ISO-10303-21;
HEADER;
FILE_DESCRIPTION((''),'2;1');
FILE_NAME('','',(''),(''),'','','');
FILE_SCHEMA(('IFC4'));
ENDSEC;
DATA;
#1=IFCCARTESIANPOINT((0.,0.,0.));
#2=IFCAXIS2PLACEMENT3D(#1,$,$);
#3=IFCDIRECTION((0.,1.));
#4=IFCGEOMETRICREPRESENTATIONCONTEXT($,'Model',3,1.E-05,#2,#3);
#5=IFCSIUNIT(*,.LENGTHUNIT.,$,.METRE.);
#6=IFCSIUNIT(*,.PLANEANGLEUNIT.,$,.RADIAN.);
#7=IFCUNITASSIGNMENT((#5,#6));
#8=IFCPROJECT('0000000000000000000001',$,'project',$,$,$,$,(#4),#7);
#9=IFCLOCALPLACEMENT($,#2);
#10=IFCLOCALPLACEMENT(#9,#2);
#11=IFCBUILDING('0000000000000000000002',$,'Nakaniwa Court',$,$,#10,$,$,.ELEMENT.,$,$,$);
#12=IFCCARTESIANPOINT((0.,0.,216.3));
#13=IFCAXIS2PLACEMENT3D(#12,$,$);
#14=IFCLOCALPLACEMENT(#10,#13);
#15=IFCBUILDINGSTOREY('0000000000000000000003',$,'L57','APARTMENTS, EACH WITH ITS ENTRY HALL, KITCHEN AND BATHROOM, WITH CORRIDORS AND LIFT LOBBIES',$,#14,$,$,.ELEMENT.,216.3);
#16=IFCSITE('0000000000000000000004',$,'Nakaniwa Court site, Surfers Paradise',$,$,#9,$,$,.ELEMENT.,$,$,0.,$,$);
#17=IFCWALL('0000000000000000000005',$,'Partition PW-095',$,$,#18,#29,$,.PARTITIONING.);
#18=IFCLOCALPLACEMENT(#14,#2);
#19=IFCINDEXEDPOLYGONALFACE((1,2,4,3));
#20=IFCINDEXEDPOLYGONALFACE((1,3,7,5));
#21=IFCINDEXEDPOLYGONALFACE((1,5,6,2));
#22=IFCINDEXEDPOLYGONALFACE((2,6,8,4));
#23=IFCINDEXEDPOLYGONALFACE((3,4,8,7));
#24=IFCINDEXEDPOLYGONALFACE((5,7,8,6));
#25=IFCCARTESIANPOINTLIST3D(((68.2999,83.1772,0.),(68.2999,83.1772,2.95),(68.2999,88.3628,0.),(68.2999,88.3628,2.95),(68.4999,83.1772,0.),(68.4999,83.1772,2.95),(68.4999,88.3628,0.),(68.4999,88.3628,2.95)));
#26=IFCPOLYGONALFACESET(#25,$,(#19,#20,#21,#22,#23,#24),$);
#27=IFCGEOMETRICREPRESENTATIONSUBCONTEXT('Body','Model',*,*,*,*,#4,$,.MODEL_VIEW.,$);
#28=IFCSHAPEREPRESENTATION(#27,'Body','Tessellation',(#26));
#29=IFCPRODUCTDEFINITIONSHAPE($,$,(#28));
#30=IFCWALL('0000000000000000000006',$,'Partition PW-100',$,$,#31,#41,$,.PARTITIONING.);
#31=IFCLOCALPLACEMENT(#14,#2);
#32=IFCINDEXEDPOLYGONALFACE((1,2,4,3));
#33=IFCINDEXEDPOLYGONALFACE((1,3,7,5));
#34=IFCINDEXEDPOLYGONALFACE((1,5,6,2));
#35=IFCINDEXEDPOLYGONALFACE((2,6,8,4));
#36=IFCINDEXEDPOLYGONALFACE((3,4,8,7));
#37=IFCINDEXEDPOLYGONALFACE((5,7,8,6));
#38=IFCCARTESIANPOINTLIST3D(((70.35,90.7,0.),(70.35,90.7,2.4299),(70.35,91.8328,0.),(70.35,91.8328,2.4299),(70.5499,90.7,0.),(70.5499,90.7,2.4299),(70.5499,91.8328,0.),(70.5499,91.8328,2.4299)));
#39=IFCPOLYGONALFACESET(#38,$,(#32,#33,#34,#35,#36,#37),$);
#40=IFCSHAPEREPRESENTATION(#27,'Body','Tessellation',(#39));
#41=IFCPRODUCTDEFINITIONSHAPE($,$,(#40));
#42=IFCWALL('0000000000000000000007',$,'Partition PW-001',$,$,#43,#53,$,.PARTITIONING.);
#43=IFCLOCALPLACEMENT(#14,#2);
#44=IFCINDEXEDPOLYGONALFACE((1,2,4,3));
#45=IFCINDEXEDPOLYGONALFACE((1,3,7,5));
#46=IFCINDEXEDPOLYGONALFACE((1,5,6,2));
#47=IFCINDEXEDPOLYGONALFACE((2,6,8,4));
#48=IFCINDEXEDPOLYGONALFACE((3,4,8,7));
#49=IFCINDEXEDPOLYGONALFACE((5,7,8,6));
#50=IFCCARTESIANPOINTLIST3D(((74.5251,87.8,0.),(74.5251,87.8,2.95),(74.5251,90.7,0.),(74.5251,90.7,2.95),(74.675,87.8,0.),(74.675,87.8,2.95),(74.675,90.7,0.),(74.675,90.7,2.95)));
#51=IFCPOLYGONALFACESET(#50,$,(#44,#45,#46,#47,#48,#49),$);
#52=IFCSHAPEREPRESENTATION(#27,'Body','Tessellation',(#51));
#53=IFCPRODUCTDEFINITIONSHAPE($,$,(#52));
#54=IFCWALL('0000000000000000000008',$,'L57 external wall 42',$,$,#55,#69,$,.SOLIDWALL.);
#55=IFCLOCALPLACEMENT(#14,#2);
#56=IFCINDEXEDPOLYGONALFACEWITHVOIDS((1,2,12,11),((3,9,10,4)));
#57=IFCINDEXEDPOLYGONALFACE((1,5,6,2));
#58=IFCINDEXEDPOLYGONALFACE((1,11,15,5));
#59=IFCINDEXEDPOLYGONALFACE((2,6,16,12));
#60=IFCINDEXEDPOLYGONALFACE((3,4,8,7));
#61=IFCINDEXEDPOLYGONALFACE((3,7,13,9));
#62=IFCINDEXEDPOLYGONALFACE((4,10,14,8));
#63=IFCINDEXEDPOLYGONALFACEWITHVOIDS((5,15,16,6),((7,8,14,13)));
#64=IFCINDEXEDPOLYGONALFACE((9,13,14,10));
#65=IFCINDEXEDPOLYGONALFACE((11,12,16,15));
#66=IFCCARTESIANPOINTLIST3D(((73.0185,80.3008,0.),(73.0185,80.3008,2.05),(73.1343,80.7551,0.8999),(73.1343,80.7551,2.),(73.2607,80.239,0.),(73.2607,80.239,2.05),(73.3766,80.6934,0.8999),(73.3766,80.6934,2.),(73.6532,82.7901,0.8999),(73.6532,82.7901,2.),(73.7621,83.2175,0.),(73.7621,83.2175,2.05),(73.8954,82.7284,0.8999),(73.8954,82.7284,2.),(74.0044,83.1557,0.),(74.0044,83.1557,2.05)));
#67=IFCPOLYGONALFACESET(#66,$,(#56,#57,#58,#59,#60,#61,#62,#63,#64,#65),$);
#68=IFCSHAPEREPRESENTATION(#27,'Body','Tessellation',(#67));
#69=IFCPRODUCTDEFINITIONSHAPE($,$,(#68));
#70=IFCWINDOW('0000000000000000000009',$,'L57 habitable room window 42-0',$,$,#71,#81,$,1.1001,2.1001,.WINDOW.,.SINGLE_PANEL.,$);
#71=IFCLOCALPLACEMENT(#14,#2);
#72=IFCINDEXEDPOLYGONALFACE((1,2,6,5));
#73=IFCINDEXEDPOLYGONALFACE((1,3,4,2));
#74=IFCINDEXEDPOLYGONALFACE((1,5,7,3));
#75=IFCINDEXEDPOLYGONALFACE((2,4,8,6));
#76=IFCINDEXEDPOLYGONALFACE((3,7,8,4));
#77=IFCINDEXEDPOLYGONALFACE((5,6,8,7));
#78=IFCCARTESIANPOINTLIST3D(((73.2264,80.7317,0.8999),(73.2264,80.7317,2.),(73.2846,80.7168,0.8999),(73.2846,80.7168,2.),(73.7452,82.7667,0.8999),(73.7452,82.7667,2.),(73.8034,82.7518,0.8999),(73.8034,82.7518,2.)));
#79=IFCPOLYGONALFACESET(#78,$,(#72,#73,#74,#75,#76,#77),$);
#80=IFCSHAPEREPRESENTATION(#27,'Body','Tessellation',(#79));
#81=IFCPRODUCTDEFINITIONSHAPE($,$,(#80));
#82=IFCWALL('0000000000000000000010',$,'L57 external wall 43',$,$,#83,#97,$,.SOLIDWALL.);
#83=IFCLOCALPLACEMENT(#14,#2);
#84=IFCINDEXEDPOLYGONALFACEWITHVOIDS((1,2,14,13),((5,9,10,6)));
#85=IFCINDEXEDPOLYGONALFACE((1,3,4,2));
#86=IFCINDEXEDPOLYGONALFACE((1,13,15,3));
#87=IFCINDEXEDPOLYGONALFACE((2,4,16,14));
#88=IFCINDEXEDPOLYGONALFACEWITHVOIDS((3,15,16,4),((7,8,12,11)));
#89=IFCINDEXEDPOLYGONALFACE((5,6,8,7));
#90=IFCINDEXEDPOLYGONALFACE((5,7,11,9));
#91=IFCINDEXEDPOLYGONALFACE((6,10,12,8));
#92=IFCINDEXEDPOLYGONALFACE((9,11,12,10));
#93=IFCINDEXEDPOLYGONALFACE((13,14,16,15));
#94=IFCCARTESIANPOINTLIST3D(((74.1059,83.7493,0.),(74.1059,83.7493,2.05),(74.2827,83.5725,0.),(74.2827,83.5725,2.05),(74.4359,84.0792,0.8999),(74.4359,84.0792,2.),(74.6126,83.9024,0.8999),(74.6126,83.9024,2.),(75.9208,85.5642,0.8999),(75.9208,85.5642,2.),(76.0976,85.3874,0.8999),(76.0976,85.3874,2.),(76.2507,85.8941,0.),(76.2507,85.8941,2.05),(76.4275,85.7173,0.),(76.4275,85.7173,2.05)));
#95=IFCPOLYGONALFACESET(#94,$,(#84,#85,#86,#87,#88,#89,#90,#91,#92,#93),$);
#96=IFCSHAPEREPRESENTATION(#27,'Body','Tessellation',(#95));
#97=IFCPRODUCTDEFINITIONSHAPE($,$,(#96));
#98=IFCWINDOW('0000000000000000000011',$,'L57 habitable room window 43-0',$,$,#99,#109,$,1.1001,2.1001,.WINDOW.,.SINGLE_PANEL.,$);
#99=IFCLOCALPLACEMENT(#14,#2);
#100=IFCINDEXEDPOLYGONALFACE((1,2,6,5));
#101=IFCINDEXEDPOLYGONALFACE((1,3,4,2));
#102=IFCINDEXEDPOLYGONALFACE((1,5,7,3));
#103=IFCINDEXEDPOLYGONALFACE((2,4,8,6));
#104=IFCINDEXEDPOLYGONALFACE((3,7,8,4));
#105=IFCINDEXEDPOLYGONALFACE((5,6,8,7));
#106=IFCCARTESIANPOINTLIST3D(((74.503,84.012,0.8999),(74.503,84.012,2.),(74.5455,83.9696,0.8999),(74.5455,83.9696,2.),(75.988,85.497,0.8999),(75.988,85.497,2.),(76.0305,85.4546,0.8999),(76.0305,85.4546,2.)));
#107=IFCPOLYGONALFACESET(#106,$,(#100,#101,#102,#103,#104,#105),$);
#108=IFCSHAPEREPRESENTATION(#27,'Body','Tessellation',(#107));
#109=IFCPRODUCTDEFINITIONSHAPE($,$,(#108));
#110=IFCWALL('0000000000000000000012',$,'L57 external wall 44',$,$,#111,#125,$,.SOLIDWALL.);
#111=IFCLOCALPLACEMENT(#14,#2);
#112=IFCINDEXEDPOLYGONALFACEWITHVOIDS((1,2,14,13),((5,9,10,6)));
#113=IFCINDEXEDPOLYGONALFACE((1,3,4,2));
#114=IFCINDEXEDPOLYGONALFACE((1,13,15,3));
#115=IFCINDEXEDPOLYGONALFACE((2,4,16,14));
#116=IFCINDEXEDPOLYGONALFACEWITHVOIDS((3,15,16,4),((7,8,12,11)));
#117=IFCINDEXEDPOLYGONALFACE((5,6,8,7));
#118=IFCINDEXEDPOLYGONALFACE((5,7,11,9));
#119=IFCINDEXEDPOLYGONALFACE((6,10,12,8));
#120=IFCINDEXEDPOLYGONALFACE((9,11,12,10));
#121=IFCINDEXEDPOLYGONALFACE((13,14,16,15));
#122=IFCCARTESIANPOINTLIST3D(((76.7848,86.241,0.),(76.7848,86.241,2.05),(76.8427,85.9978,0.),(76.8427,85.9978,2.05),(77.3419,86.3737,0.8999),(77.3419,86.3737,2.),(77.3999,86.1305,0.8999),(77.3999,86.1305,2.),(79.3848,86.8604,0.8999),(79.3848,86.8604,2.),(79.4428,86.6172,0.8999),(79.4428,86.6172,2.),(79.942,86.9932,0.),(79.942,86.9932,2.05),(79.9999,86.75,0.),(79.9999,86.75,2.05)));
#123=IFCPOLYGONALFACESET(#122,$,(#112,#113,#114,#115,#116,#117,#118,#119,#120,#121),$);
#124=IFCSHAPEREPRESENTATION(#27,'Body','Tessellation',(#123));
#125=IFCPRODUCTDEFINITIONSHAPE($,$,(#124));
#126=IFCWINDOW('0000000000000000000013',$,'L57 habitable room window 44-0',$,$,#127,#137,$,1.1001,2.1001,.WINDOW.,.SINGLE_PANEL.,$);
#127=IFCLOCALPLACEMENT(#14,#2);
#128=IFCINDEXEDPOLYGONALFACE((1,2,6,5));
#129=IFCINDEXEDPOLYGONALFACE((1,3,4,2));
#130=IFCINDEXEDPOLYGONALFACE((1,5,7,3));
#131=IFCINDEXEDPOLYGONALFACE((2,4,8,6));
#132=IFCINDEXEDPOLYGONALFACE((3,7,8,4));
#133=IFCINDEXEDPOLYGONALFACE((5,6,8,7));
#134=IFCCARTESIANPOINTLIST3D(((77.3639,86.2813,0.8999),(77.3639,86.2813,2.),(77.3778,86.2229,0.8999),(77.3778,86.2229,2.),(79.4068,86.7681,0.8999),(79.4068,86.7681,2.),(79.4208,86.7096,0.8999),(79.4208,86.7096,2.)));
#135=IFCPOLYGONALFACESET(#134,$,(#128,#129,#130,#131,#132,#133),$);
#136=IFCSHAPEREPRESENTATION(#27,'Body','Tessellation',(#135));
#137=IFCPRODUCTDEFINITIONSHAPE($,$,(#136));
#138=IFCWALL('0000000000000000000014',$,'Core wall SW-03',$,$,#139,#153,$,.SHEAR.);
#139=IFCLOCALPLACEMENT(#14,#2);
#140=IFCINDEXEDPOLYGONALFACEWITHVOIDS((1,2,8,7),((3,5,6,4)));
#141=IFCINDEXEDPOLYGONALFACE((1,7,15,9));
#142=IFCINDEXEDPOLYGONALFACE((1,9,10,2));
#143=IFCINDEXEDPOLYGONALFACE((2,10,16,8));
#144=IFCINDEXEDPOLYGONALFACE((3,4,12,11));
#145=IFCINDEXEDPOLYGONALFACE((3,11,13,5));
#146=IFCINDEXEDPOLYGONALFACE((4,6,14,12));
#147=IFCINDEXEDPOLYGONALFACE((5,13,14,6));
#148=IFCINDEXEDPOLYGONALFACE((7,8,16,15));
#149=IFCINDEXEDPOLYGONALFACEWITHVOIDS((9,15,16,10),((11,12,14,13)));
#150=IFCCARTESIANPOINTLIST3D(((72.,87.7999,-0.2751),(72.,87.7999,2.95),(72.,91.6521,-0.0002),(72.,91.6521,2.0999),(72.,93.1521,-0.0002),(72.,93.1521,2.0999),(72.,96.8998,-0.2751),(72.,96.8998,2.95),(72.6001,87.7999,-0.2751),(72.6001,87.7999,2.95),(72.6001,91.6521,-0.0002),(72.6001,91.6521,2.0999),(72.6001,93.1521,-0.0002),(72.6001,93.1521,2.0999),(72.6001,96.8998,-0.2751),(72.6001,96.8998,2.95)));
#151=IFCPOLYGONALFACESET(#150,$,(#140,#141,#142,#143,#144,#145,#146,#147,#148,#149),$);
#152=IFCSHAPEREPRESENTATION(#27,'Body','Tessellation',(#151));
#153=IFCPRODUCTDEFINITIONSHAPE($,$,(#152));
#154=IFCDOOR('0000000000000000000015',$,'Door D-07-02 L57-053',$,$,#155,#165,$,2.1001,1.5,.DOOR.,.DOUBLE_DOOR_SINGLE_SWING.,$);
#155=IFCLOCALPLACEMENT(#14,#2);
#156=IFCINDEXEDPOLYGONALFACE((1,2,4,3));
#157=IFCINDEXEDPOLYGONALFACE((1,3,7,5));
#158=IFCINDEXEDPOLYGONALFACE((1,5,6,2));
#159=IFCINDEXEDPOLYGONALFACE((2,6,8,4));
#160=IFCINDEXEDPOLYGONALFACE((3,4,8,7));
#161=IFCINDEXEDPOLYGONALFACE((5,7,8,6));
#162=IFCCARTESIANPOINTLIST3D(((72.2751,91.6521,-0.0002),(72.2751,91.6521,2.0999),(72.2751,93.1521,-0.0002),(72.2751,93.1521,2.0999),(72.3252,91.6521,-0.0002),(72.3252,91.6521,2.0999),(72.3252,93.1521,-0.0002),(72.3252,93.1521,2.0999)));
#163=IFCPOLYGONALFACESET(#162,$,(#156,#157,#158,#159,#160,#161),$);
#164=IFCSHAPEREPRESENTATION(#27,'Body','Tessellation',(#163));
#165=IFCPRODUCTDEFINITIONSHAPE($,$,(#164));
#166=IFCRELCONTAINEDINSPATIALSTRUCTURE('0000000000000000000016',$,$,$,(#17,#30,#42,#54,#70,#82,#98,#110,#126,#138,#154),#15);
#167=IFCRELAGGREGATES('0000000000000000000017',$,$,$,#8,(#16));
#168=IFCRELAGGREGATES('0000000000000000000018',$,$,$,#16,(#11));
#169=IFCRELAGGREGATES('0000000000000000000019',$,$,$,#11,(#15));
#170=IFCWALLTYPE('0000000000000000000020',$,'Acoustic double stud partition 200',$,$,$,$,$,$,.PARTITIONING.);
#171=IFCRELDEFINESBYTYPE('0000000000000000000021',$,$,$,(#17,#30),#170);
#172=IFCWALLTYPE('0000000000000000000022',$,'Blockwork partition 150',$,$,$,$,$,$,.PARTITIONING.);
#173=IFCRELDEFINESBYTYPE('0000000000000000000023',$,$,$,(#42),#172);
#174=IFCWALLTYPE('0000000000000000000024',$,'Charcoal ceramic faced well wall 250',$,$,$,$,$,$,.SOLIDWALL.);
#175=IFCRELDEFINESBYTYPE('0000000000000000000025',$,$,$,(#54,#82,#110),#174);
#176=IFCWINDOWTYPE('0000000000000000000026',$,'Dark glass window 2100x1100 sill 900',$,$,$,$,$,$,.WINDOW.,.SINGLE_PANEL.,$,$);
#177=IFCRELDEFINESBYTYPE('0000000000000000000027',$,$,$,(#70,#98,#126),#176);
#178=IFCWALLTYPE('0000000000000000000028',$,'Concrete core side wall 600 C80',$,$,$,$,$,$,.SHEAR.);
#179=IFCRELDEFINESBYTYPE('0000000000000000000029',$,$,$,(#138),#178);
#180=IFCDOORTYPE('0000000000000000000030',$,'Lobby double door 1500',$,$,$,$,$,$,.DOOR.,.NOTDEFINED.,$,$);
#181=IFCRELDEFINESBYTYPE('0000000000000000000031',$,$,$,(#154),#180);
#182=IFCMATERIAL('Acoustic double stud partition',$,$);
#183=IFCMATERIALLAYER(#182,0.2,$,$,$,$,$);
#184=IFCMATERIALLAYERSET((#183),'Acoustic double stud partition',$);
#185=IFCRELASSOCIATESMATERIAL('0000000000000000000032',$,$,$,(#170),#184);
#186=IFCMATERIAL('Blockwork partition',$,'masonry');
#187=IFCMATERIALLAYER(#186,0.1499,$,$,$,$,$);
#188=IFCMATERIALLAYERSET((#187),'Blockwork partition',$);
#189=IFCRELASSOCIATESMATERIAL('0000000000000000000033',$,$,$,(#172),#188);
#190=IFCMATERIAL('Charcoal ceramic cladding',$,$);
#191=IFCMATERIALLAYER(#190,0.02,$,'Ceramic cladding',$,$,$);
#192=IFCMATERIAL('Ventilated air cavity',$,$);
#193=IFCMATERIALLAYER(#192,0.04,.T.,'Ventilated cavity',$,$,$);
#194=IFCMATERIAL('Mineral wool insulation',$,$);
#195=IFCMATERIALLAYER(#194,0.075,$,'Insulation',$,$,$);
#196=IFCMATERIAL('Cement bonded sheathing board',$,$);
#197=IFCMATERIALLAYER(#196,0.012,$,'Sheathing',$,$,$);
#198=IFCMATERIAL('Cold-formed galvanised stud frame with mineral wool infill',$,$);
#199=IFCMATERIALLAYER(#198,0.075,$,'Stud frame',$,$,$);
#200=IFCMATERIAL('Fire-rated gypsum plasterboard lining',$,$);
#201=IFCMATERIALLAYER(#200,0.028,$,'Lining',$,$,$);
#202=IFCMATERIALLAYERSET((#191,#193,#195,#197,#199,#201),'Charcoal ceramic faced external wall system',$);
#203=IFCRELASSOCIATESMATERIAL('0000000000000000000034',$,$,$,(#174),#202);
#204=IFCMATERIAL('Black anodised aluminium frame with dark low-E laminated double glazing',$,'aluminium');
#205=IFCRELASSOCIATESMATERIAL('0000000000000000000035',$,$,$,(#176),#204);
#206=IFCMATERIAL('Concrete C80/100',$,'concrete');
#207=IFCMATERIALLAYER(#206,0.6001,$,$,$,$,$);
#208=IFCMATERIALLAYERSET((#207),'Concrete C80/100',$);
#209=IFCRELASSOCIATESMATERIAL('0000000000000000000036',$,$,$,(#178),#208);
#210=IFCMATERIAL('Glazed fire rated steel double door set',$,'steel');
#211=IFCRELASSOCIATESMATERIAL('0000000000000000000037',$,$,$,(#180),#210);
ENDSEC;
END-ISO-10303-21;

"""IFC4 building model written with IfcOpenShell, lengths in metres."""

from ifc_helpers import new_model, si_unit, direction, frame, frame_2d, origin, place, context, subcontext, project, spatial, rectangle, extrude, material, layer, layer_set, type_object, element, fill, save


model = new_model("IFC4")

# Units and contexts
model_context = context("Model", 3, precision=1e-05, world=origin(), true_north=direction((0.0, 1.0)))
body_context = subcontext(model_context, "Body", "Model", "MODEL_VIEW")
ifc_project = project(units=[si_unit("LENGTHUNIT", "METRE"), si_unit("PLANEANGLEUNIT", "RADIAN")], contexts=[model_context])

# Site, building, storey
site_placement = place(None, origin())
site = spatial("IfcSite", under=ifc_project, at=site_placement, Name="Nakaniwa Court site, Surfers Paradise", CompositionType="ELEMENT", RefElevation=0.0)
building_placement = place(site_placement, origin())
building = spatial("IfcBuilding", under=site, at=building_placement, Name="Nakaniwa Court", CompositionType="ELEMENT")
storey_placement = place(building_placement, frame((0.0, 0.0, 216.3)))
storey = spatial("IfcBuildingStorey", under=building, at=storey_placement, Name="L57", Description="APARTMENTS, EACH WITH ITS ENTRY HALL, KITCHEN AND BATHROOM, WITH CORRIDORS AND LIFT LOBBIES", CompositionType="ELEMENT", Elevation=216.3)

# Shared definitions
ifc_material_1 = material(Name="Concrete C80/100", Category="concrete")

# Walls
ifc_material_2 = material(Name="Acoustic double stud partition")
ifc_layer_1 = layer(ifc_material_2, 0.2)
ifc_layer_set_1 = layer_set([ifc_layer_1], Name="Acoustic double stud partition")
wall_type_1 = type_object("IfcWallType", Name="Acoustic double stud partition 200", PredefinedType="PARTITIONING", material=ifc_layer_set_1)
wall_1_placement = place(storey_placement, frame((68.3999, 83.1772, 0.0), z_axis=(0.0, 0.0, 1.0), x_axis=(0.0, 1.0, 0.0)))
element("IfcWall", 1, at=wall_1_placement, inside=storey, type_object=wall_type_1, Name="Partition PW-095", PredefinedType="PARTITIONING", context=body_context, shape_type="SweptSolid", body=[
    extrude(rectangle(XDim=5.1855, YDim=0.2, at=frame_2d((2.5928, 0.0))), origin(), (0.0, 0.0, 1.0), 2.95),
])
wall_2_placement = place(storey_placement, frame((70.45, 90.7, 0.0), z_axis=(0.0, 0.0, 1.0), x_axis=(0.0, 1.0, 0.0)))
element("IfcWall", 2, at=wall_2_placement, inside=storey, type_object=wall_type_1, Name="Partition PW-100", PredefinedType="PARTITIONING", context=body_context, shape_type="SweptSolid", body=[
    extrude(rectangle(XDim=1.1328, YDim=0.2, at=frame_2d((0.5664, 0.0))), origin(), (0.0, 0.0, 1.0), 2.4299),
])
ifc_material_3 = material(Name="Blockwork partition", Category="masonry")
ifc_layer_2 = layer(ifc_material_3, 0.1499)
ifc_layer_set_2 = layer_set([ifc_layer_2], Name="Blockwork partition")
wall_type_2 = type_object("IfcWallType", Name="Blockwork partition 150", PredefinedType="PARTITIONING", material=ifc_layer_set_2)
wall_3_placement = place(storey_placement, frame((74.6001, 87.8, 0.0), z_axis=(0.0, 0.0, 1.0), x_axis=(0.0, 1.0, 0.0)))
element("IfcWall", 3, at=wall_3_placement, inside=storey, type_object=wall_type_2, Name="Partition PW-001", PredefinedType="PARTITIONING", context=body_context, shape_type="SweptSolid", body=[
    extrude(rectangle(XDim=2.8999, YDim=0.1499, at=frame_2d((1.45, 0.0))), origin(), (0.0, 0.0, 1.0), 2.95),
])

# Walls, openings, windows
ifc_material_4 = material(Name="Charcoal ceramic cladding")
ifc_layer_3 = layer(ifc_material_4, 0.02, Name="Ceramic cladding")
ifc_material_5 = material(Name="Ventilated air cavity")
ifc_layer_4 = layer(ifc_material_5, 0.04, ventilated=True, Name="Ventilated cavity")
ifc_material_6 = material(Name="Mineral wool insulation")
ifc_layer_5 = layer(ifc_material_6, 0.075, Name="Insulation")
ifc_material_7 = material(Name="Cement bonded sheathing board")
ifc_layer_6 = layer(ifc_material_7, 0.012, Name="Sheathing")
ifc_material_8 = material(Name="Cold-formed galvanised stud frame with mineral wool infill")
ifc_layer_7 = layer(ifc_material_8, 0.075, Name="Stud frame")
ifc_material_9 = material(Name="Fire-rated gypsum plasterboard lining")
ifc_layer_8 = layer(ifc_material_9, 0.028, Name="Lining")
ifc_layer_set_3 = layer_set([ifc_layer_3, ifc_layer_4, ifc_layer_5, ifc_layer_6, ifc_layer_7, ifc_layer_8], Name="Charcoal ceramic faced external wall system")
wall_type_3 = type_object("IfcWallType", Name="Charcoal ceramic faced well wall 250", PredefinedType="SOLIDWALL", material=ifc_layer_set_3)
wall_4_placement = place(storey_placement, frame((73.1396, 80.27, 0.0), z_axis=(0.0, 0.0, 1.0), x_axis=(0.247056, 0.969001, 0.0)))
wall_4 = element("IfcWall", 4, at=wall_4_placement, inside=storey, type_object=wall_type_3, Name="L57 external wall 42", PredefinedType="SOLIDWALL", context=body_context, shape_type="SweptSolid", body=[
    extrude(rectangle(XDim=3.01, YDim=0.25, at=frame_2d((1.5049, 0.0))), origin(), (0.0, 0.0, 1.0), 2.05),
])
opening_1_placement = place(wall_4_placement, frame((0.4688, 0.0, 0.8999)))
opening_1 = element("IfcOpeningElement", 5, at=opening_1_placement, cuts=wall_4, PredefinedType="OPENING", context=body_context, shape_type="SweptSolid", body=[
    extrude(rectangle(XDim=2.1001, YDim=1.1001, at=frame_2d((1.05, 0.55))), frame((0.0, 0.135, 0.0), z_axis=(0.0, -1.0, 0.0), x_axis=(1.0, 0.0, 0.0)), (0.0, 0.0, 1.0), 0.27),
])
ifc_material_10 = material(Name="Black anodised aluminium frame with dark low-E laminated double glazing", Category="aluminium")
window_type = type_object("IfcWindowType", Name="Dark glass window 2100x1100 sill 900", PartitioningType="SINGLE_PANEL", PredefinedType="WINDOW", material=ifc_material_10)
window_1_placement = place(opening_1_placement, origin())
window_1 = element("IfcWindow", 6, at=window_1_placement, inside=storey, type_object=window_type, Name="L57 habitable room window 42-0", OverallHeight=1.1001, OverallWidth=2.1001, PartitioningType="SINGLE_PANEL", PredefinedType="WINDOW", context=body_context, shape_type="SweptSolid", body=[
    extrude(rectangle(XDim=2.1001, YDim=1.1001, at=frame_2d((1.05, 0.55))), frame((0.0, 0.03, 0.0), z_axis=(0.0, -1.0, 0.0), x_axis=(1.0, 0.0, 0.0)), (0.0, 0.0, 1.0), 0.0601),
])
fill(opening_1, window_1)
wall_5_placement = place(storey_placement, frame((74.1943, 83.6609, 0.0), z_axis=(0.0, 0.0, 1.0), x_axis=(0.707107, 0.707107, 0.0)))
wall_5 = element("IfcWall", 7, at=wall_5_placement, inside=storey, type_object=wall_type_3, Name="L57 external wall 43", PredefinedType="SOLIDWALL", context=body_context, shape_type="SweptSolid", body=[
    extrude(rectangle(XDim=3.0332, YDim=0.25, at=frame_2d((1.5166, 0.0))), origin(), (0.0, 0.0, 1.0), 2.05),
])
opening_2_placement = place(wall_5_placement, frame((0.4666, 0.0, 0.8999)))
opening_2 = element("IfcOpeningElement", 8, at=opening_2_placement, cuts=wall_5, PredefinedType="OPENING", context=body_context, shape_type="SweptSolid", body=[
    extrude(rectangle(XDim=2.1001, YDim=1.1001, at=frame_2d((1.05, 0.55))), frame((0.0, 0.135, 0.0), z_axis=(0.0, -1.0, 0.0), x_axis=(1.0, 0.0, 0.0)), (0.0, 0.0, 1.0), 0.27),
])
window_2_placement = place(opening_2_placement, origin())
window_2 = element("IfcWindow", 9, at=window_2_placement, inside=storey, type_object=window_type, Name="L57 habitable room window 43-0", OverallHeight=1.1001, OverallWidth=2.1001, PartitioningType="SINGLE_PANEL", PredefinedType="WINDOW", context=body_context, shape_type="SweptSolid", body=[
    extrude(rectangle(XDim=2.1001, YDim=1.1001, at=frame_2d((1.05, 0.55))), frame((0.0, 0.03, 0.0), z_axis=(0.0, -1.0, 0.0), x_axis=(1.0, 0.0, 0.0)), (0.0, 0.0, 1.0), 0.0601),
])
fill(opening_2, window_2)
wall_6_placement = place(storey_placement, frame((76.8137, 86.1194, 0.0), z_axis=(0.0, 0.0, 1.0), x_axis=(0.972773, 0.23176, 0.0)))
wall_6 = element("IfcWall", 10, at=wall_6_placement, inside=storey, type_object=wall_type_3, Name="L57 external wall 44", PredefinedType="SOLIDWALL", context=body_context, shape_type="SweptSolid", body=[
    extrude(rectangle(XDim=3.2456, YDim=0.25, at=frame_2d((1.6228, 0.0))), origin(), (0.0, 0.0, 1.0), 2.05),
])
opening_3_placement = place(wall_6_placement, frame((0.5728, 0.0, 0.8999)))
opening_3 = element("IfcOpeningElement", 11, at=opening_3_placement, cuts=wall_6, PredefinedType="OPENING", context=body_context, shape_type="SweptSolid", body=[
    extrude(rectangle(XDim=2.1001, YDim=1.1001, at=frame_2d((1.05, 0.55))), frame((0.0, 0.135, 0.0), z_axis=(0.0, -1.0, 0.0), x_axis=(1.0, 0.0, 0.0)), (0.0, 0.0, 1.0), 0.27),
])
window_3_placement = place(opening_3_placement, origin())
window_3 = element("IfcWindow", 12, at=window_3_placement, inside=storey, type_object=window_type, Name="L57 habitable room window 44-0", OverallHeight=1.1001, OverallWidth=2.1001, PartitioningType="SINGLE_PANEL", PredefinedType="WINDOW", context=body_context, shape_type="SweptSolid", body=[
    extrude(rectangle(XDim=2.1001, YDim=1.1001, at=frame_2d((1.05, 0.55))), frame((0.0, 0.03, 0.0), z_axis=(0.0, -1.0, 0.0), x_axis=(1.0, 0.0, 0.0)), (0.0, 0.0, 1.0), 0.0601),
])
fill(opening_3, window_3)

# Wall, opening, door
ifc_layer_9 = layer(ifc_material_1, 0.6001)
ifc_layer_set_4 = layer_set([ifc_layer_9], Name="Concrete C80/100")
wall_type_4 = type_object("IfcWallType", Name="Concrete core side wall 600 C80", PredefinedType="SHEAR", material=ifc_layer_set_4)
wall_7_placement = place(storey_placement, frame((72.3, 87.8, -0.2751), z_axis=(0.0, 0.0, 1.0), x_axis=(0.0, 1.0, 0.0)))
wall_7 = element("IfcWall", 13, at=wall_7_placement, inside=storey, type_object=wall_type_4, Name="Core wall SW-03", PredefinedType="SHEAR", context=body_context, shape_type="SweptSolid", body=[
    extrude(rectangle(XDim=9.0999, YDim=0.6001, at=frame_2d((4.5498, 0.0))), origin(), (0.0, 0.0, 1.0), 3.2251),
])
opening_4_placement = place(wall_7_placement, frame((3.8521, 0.0, 0.2749)))
opening_4 = element("IfcOpeningElement", 14, at=opening_4_placement, cuts=wall_7, PredefinedType="OPENING", context=body_context, shape_type="SweptSolid", body=[
    extrude(rectangle(XDim=1.5, YDim=2.1001, at=frame_2d((0.75, 1.05))), frame((0.0, 0.3101, 0.0), z_axis=(0.0, -1.0, 0.0), x_axis=(1.0, 0.0, 0.0)), (0.0, 0.0, 1.0), 0.6201),
])
ifc_material_11 = material(Name="Glazed fire rated steel double door set", Category="steel")
door_type = type_object("IfcDoorType", Name="Lobby double door 1500", OperationType="NOTDEFINED", PredefinedType="DOOR", material=ifc_material_11)
door_placement = place(opening_4_placement, origin())
door = element("IfcDoor", 15, at=door_placement, inside=storey, type_object=door_type, Name="Door D-07-02 L57-053", OperationType="DOUBLE_DOOR_SINGLE_SWING", OverallHeight=2.1001, OverallWidth=1.5, PredefinedType="DOOR", context=body_context, shape_type="SweptSolid", body=[
    extrude(rectangle(XDim=1.5, YDim=2.1001, at=frame_2d((0.75, 1.05))), frame((0.0, 0.0249, 0.0), z_axis=(0.0, -1.0, 0.0), x_axis=(1.0, 0.0, 0.0)), (0.0, 0.0, 1.0), 0.05),
])
fill(opening_4, door)

save(model, "model.ifc")
